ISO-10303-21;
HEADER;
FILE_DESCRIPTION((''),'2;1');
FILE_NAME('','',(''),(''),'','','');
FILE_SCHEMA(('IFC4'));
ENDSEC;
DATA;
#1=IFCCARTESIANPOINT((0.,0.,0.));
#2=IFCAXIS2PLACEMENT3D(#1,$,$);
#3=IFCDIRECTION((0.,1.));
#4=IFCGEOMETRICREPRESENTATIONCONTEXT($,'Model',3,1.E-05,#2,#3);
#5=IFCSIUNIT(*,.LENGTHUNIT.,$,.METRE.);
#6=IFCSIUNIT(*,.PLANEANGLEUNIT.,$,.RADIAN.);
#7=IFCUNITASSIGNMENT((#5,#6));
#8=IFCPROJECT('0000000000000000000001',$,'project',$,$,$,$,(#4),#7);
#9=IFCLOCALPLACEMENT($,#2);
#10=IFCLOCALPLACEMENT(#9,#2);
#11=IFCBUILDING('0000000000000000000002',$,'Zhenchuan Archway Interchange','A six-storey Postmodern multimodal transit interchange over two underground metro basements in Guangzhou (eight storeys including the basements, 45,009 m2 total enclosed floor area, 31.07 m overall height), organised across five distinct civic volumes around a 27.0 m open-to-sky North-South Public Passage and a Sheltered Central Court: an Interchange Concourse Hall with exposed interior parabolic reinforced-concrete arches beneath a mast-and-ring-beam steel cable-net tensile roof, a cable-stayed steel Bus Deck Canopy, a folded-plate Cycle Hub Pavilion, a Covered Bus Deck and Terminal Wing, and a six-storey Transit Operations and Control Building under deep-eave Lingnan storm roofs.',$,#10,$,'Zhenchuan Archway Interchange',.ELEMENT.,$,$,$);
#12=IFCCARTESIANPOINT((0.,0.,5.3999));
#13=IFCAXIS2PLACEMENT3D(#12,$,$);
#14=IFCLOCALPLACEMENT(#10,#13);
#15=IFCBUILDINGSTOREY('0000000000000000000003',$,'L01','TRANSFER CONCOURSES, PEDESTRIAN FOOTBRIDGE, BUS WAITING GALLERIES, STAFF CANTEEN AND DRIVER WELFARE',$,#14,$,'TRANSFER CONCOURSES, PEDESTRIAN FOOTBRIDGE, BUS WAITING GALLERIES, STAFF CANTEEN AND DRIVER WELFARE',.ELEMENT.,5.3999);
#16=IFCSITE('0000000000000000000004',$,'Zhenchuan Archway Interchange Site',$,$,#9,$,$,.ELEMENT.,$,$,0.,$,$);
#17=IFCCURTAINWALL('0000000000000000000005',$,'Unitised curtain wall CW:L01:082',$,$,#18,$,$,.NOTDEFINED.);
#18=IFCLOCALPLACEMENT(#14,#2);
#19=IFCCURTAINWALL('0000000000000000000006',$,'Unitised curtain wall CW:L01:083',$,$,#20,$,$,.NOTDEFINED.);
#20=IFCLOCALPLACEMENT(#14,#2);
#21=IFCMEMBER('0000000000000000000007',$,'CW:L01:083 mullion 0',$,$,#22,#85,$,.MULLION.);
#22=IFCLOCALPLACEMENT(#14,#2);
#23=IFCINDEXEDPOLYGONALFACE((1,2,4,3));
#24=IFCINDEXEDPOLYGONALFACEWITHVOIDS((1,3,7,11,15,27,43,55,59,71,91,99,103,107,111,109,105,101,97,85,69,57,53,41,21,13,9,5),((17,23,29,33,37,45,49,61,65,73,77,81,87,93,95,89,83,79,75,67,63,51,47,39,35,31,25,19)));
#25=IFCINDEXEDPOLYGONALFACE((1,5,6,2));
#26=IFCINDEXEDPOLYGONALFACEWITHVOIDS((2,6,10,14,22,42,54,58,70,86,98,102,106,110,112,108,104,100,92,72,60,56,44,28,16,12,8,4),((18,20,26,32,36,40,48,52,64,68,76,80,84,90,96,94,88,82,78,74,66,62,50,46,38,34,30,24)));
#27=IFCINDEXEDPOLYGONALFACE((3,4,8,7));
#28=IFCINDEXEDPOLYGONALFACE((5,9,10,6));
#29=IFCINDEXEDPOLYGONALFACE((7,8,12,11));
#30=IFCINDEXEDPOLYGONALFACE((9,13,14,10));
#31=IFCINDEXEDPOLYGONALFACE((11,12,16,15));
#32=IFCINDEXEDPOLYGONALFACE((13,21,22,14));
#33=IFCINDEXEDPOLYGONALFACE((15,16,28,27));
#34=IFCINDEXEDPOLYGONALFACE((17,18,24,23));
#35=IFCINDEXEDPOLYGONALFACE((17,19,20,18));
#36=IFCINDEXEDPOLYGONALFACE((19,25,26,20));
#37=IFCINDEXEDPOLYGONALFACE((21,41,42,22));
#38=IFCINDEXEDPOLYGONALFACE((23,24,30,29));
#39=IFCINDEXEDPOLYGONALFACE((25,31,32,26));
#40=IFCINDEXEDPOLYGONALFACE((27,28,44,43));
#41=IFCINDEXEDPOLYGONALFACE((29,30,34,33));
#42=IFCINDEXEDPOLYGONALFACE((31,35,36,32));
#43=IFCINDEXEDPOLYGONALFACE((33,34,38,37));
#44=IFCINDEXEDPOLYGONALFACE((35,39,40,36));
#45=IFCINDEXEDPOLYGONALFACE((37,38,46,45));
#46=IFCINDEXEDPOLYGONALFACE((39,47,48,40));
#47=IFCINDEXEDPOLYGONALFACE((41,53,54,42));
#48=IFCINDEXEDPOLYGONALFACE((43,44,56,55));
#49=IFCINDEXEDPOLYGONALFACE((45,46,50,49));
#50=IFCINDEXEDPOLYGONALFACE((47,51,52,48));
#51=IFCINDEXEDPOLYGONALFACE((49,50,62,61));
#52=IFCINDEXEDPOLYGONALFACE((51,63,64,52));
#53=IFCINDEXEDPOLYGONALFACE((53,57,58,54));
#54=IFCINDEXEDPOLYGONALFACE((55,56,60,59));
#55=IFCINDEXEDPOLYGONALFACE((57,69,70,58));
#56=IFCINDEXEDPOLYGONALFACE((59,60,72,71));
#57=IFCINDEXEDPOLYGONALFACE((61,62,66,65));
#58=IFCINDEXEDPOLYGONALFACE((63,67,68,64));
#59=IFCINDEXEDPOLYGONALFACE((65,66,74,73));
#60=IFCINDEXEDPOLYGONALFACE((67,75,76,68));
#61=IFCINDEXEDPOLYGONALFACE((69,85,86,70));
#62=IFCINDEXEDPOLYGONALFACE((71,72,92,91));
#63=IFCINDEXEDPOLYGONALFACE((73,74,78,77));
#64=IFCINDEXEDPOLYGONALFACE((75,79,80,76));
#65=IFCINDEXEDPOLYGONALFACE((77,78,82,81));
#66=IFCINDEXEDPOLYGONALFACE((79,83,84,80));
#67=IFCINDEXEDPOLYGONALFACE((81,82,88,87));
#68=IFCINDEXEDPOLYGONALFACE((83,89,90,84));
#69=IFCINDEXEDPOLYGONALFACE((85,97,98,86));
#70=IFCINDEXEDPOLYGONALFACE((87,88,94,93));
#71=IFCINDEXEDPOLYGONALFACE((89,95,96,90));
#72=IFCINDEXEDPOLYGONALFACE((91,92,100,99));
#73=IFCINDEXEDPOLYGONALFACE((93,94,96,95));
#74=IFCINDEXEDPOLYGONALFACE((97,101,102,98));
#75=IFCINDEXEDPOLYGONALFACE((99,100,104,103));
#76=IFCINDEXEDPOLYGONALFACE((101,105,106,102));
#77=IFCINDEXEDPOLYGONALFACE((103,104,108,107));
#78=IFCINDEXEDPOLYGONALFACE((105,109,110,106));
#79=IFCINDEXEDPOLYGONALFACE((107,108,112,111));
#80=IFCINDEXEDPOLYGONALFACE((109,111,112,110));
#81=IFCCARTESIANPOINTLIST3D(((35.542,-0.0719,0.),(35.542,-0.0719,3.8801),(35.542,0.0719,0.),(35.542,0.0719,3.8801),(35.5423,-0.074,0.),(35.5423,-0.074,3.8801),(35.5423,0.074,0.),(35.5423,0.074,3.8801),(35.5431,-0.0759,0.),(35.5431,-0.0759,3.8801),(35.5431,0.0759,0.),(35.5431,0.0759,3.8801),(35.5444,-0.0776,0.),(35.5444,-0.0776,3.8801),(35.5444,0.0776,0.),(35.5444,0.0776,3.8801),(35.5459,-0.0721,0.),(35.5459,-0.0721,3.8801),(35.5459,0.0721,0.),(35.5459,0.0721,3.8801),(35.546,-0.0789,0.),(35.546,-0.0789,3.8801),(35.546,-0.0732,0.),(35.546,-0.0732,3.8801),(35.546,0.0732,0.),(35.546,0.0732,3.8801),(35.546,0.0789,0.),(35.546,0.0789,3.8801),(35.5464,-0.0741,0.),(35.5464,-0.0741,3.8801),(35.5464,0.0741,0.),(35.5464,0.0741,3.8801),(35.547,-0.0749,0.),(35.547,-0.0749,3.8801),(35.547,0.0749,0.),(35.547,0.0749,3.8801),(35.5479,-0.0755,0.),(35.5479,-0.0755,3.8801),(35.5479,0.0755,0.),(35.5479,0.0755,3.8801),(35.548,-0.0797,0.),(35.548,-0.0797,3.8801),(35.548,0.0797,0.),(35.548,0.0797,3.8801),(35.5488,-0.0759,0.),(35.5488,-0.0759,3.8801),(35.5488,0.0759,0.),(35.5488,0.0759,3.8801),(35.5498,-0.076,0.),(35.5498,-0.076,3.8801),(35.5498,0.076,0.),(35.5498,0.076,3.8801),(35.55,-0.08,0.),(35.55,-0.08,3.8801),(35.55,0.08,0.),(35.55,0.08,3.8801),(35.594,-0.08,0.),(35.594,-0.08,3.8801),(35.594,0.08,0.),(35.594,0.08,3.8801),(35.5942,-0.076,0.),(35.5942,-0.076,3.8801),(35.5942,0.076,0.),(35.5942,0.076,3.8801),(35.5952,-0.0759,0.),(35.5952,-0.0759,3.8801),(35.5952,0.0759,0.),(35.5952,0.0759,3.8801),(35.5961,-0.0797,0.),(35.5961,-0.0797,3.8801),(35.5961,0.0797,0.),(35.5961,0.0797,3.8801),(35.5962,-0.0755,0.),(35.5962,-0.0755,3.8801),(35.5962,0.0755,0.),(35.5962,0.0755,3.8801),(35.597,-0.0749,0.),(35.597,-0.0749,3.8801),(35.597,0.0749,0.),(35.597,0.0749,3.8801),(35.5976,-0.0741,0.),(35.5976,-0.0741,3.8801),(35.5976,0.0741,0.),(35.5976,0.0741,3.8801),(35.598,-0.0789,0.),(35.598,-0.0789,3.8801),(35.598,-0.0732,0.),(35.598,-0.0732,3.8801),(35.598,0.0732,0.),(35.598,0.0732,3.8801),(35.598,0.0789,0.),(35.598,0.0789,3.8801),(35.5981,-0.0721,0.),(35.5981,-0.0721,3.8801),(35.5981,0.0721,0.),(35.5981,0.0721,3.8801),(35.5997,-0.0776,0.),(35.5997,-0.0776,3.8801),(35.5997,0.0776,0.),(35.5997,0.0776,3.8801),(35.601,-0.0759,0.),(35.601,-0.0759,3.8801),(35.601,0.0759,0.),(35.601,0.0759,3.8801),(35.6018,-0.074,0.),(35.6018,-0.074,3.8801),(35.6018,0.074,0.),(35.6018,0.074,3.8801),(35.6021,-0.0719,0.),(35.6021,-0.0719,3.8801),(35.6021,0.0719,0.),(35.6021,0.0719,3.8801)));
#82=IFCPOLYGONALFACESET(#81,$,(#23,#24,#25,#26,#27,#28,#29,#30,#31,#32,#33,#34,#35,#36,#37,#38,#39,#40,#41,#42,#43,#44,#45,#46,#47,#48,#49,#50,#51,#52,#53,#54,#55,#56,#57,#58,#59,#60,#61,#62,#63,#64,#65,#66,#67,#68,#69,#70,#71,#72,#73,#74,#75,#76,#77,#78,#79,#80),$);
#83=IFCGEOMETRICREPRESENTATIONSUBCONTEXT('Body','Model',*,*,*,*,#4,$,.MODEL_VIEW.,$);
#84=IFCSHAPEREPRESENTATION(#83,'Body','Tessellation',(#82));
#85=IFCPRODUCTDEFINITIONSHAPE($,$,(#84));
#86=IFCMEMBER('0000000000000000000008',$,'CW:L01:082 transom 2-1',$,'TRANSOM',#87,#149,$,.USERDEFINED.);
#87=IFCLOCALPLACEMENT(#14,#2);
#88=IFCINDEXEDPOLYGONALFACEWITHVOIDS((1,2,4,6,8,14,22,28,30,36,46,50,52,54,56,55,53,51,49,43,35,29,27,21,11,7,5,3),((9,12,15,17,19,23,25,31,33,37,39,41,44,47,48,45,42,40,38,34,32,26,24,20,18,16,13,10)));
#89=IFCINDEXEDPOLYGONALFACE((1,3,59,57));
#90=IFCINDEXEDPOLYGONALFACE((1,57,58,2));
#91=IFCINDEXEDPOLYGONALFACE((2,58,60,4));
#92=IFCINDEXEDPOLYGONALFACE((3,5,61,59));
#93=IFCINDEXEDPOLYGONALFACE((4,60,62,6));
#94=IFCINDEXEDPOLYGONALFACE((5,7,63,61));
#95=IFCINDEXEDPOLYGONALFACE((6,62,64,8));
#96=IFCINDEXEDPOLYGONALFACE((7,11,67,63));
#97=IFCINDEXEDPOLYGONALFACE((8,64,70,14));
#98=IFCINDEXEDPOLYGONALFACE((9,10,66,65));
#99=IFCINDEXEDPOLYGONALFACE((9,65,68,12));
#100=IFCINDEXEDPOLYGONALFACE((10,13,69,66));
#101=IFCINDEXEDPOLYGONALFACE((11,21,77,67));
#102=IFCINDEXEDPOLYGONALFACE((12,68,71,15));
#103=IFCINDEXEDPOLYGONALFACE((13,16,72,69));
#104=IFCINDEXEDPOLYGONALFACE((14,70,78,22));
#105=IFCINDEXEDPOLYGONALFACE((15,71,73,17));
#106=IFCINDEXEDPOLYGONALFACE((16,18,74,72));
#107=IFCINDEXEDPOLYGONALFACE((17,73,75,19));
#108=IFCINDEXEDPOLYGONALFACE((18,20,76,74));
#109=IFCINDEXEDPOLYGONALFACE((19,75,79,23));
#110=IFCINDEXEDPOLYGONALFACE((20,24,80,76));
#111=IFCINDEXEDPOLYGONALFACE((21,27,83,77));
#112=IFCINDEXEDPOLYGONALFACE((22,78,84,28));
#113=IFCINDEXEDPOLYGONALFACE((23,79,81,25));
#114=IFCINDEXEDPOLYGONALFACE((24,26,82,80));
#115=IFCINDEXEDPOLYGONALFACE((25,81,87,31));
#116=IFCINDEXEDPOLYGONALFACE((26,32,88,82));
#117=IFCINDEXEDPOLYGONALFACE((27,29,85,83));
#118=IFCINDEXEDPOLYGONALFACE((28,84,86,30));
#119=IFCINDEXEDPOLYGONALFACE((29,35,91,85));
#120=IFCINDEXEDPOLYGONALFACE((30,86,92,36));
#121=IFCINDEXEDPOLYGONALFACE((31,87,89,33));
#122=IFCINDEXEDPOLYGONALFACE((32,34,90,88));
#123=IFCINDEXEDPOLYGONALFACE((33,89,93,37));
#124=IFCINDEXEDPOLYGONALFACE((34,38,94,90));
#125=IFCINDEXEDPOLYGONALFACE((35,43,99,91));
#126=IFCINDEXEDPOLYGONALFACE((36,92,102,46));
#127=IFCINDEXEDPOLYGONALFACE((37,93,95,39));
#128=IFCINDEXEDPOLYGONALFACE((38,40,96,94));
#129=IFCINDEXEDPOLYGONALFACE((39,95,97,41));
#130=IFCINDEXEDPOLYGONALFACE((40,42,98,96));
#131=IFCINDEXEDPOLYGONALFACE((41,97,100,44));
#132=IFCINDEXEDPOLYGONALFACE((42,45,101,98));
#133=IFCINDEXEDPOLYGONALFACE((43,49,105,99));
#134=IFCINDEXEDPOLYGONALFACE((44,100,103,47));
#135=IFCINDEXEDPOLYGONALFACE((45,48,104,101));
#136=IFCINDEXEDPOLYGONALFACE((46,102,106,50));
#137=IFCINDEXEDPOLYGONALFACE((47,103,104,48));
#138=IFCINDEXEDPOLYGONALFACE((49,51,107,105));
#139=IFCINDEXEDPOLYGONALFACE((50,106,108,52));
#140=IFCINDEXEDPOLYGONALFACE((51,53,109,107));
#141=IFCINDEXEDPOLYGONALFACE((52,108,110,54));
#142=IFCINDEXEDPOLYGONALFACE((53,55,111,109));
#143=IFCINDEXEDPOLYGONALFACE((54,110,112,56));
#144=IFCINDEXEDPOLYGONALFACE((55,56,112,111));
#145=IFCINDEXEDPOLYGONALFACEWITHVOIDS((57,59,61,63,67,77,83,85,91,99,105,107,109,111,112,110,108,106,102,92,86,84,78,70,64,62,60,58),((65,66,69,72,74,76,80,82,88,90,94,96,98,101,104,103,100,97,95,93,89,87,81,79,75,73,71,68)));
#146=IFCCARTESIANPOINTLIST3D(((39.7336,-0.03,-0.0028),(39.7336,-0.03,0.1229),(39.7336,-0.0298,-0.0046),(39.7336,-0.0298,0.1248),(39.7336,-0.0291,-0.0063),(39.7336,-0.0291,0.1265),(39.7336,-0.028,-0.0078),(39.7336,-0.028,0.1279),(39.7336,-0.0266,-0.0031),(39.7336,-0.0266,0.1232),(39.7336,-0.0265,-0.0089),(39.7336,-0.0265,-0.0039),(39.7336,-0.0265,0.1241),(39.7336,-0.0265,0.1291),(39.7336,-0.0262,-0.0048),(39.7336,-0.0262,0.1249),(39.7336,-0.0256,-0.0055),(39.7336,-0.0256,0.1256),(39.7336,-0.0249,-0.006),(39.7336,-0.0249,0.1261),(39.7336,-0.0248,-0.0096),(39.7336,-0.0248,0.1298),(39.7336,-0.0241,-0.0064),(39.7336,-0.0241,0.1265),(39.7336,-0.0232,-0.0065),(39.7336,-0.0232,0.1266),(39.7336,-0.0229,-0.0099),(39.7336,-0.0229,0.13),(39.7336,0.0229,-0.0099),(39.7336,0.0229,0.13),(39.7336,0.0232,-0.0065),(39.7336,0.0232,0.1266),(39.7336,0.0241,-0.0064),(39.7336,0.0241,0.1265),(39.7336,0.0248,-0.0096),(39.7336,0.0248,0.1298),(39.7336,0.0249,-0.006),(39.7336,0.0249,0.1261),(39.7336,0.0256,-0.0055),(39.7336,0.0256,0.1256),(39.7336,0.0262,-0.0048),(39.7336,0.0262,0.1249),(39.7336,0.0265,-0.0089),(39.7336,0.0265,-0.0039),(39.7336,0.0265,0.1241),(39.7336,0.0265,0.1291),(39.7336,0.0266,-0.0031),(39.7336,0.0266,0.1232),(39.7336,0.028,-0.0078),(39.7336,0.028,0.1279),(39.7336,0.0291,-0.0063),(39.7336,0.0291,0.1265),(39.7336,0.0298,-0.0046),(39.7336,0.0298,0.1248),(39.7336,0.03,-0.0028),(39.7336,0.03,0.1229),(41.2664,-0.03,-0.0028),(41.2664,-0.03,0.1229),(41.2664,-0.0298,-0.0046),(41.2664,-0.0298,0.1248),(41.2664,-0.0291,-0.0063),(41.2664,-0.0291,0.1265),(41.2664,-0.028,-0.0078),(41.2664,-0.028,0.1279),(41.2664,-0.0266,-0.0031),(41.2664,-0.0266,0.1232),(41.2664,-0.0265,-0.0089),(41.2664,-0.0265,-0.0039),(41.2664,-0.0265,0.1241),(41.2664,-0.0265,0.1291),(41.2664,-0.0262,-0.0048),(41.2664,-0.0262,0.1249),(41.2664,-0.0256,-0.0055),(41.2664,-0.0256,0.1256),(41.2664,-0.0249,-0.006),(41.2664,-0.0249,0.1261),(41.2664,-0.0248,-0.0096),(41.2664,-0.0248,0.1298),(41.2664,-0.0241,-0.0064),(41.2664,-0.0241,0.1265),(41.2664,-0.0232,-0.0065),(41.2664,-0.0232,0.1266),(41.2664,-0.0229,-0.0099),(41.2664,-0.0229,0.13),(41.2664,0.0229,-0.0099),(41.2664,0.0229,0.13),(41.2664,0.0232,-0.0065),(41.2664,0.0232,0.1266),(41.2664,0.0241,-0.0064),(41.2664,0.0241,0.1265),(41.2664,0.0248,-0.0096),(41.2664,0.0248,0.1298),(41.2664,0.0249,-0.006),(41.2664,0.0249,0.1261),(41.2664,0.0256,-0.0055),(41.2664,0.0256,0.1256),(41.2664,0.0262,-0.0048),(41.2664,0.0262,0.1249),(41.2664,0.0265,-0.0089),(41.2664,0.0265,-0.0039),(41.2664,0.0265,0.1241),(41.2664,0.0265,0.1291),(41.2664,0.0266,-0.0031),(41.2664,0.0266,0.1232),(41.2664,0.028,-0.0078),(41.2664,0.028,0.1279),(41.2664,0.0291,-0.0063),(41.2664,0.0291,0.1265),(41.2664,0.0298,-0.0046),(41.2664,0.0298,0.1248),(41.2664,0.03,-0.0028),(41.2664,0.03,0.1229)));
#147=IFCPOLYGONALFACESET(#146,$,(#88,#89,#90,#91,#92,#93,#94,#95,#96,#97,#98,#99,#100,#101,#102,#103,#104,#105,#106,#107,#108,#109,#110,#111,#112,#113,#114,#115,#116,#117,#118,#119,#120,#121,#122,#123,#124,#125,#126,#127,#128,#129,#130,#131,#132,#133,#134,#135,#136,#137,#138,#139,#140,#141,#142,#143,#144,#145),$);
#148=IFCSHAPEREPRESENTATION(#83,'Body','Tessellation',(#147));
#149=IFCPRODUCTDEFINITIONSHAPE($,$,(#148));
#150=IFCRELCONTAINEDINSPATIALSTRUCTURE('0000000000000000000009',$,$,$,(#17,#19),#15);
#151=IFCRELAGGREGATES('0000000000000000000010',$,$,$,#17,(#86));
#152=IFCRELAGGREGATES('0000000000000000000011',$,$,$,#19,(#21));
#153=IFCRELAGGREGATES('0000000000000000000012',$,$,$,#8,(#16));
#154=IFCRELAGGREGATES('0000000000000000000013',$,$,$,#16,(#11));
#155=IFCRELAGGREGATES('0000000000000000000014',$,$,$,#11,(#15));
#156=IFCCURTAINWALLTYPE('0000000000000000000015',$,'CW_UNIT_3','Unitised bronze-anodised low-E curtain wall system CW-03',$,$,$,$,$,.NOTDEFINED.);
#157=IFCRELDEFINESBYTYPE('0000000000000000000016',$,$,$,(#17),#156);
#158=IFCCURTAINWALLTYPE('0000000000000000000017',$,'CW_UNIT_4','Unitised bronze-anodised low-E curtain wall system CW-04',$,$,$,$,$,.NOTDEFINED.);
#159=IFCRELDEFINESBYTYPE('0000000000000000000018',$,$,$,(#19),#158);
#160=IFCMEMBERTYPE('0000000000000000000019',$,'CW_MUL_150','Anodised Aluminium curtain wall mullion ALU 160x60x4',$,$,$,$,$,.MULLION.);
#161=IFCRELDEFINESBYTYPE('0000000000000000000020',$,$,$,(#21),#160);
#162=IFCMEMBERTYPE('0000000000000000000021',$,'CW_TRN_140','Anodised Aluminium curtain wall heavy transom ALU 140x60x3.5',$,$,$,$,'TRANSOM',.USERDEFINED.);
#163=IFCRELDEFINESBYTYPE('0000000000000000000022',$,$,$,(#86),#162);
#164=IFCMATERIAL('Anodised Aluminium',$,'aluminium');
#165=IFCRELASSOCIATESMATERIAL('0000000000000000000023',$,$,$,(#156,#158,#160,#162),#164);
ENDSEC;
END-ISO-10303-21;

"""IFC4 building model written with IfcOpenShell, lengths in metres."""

from ifc_helpers import new_model, si_unit, direction, frame, origin, origin_2d, place, context, subcontext, project, spatial, hollow_rectangle, extrude, material, material_profile, profile_set, type_object, element, aggregate, save


model = new_model("IFC4")

# Units and contexts
model_context = context("Model", 3, precision=1e-05, world=origin(), true_north=direction((0.0, 1.0)))
body_context = subcontext(model_context, "Body", "Model", "MODEL_VIEW")
ifc_project = project(units=[si_unit("LENGTHUNIT", "METRE"), si_unit("PLANEANGLEUNIT", "RADIAN")], contexts=[model_context])

# Site, building, storey
site_placement = place(None, origin())
site = spatial("IfcSite", under=ifc_project, at=site_placement, Name="Zhenchuan Archway Interchange Site", CompositionType="ELEMENT", RefElevation=0.0)
building_placement = place(site_placement, origin())
building = spatial("IfcBuilding", under=site, at=building_placement, Name="Zhenchuan Archway Interchange", Description="A six-storey Postmodern multimodal transit interchange over two underground metro basements in Guangzhou (eight storeys including the basements, 45,009 m2 total enclosed floor area, 31.07 m overall height), organised across five distinct civic volumes around a 27.0 m open-to-sky North-South Public Passage and a Sheltered Central Court: an Interchange Concourse Hall with exposed interior parabolic reinforced-concrete arches beneath a mast-and-ring-beam steel cable-net tensile roof, a cable-stayed steel Bus Deck Canopy, a folded-plate Cycle Hub Pavilion, a Covered Bus Deck and Terminal Wing, and a six-storey Transit Operations and Control Building under deep-eave Lingnan storm roofs.", LongName="Zhenchuan Archway Interchange", CompositionType="ELEMENT")
storey_placement = place(building_placement, frame((0.0, 0.0, 5.3999)))
storey = spatial("IfcBuildingStorey", under=building, at=storey_placement, Name="L01", Description="TRANSFER CONCOURSES, PEDESTRIAN FOOTBRIDGE, BUS WAITING GALLERIES, STAFF CANTEEN AND DRIVER WELFARE", LongName="TRANSFER CONCOURSES, PEDESTRIAN FOOTBRIDGE, BUS WAITING GALLERIES, STAFF CANTEEN AND DRIVER WELFARE", CompositionType="ELEMENT", Elevation=5.3999)

# Curtain wall
ifc_material_1 = material(Name="Anodised Aluminium", Category="aluminium")
curtain_wall_type_1 = type_object("IfcCurtainWallType", Name="CW_UNIT_3", Description="Unitised bronze-anodised low-E curtain wall system CW-03", PredefinedType="NOTDEFINED", material=ifc_material_1)
curtain_wall_1_placement = place(storey_placement, origin())
curtain_wall_1 = element("IfcCurtainWall", 1, at=curtain_wall_1_placement, inside=storey, type_object=curtain_wall_type_1, Name="Unitised curtain wall CW:L01:082", PredefinedType="NOTDEFINED")
ifc_material_profile_1 = material_profile(ifc_material_1, hollow_rectangle(XDim=0.0601, YDim=0.1599, WallThickness=0.0039, InnerFilletRadius=0.0039, OuterFilletRadius=0.0081, at=origin_2d()), Name="ALU 160x60x4")
ifc_profile_set_1 = profile_set([ifc_material_profile_1], Name="Anodised Aluminium")
member_type_1 = type_object("IfcMemberType", Name="CW_MUL_150", Description="Anodised Aluminium curtain wall mullion ALU 160x60x4", PredefinedType="MULLION", material=ifc_profile_set_1)

# Curtain wall, member
curtain_wall_type_2 = type_object("IfcCurtainWallType", Name="CW_UNIT_4", Description="Unitised bronze-anodised low-E curtain wall system CW-04", PredefinedType="NOTDEFINED", material=ifc_material_1)
curtain_wall_2_placement = place(storey_placement, origin())
curtain_wall_2 = element("IfcCurtainWall", 2, at=curtain_wall_2_placement, inside=storey, type_object=curtain_wall_type_2, Name="Unitised curtain wall CW:L01:083", PredefinedType="NOTDEFINED")
member_1_placement = place(storey_placement, frame((35.572, 0.0, 0.0), z_axis=(0.0, 0.0, 1.0), x_axis=(1.0, 0.0, 0.0)))
member_1 = element("IfcMember", 3, at=member_1_placement, type_object=member_type_1, Name="CW:L01:083 mullion 0", PredefinedType="MULLION", context=body_context, shape_type="SweptSolid", body=[
    extrude(hollow_rectangle(XDim=0.0601, YDim=0.1599, WallThickness=0.0039, InnerFilletRadius=0.0039, OuterFilletRadius=0.0081, at=origin_2d()), origin(), (0.0, 0.0, 1.0), 3.8801),
])

# Member
ifc_material_profile_2 = material_profile(ifc_material_1, hollow_rectangle(XDim=0.0601, YDim=0.1399, WallThickness=0.0034, InnerFilletRadius=0.0034, OuterFilletRadius=0.0071, at=origin_2d()), Name="ALU 140x60x3.5")
ifc_profile_set_2 = profile_set([ifc_material_profile_2], Name="Anodised Aluminium")
member_type_2 = type_object("IfcMemberType", Name="CW_TRN_140", Description="Anodised Aluminium curtain wall heavy transom ALU 140x60x3.5", ElementType="TRANSOM", PredefinedType="USERDEFINED", material=ifc_profile_set_2)
member_2_placement = place(storey_placement, frame((41.2664, 0.0, 0.0601), z_axis=(-1.0, 0.0, 0.0), x_axis=(0.0, -1.0, 0.0)))
member_2 = element("IfcMember", 4, at=member_2_placement, type_object=member_type_2, Name="CW:L01:082 transom 2-1", ObjectType="TRANSOM", PredefinedType="USERDEFINED", context=body_context, shape_type="SweptSolid", body=[
    extrude(hollow_rectangle(XDim=0.0601, YDim=0.1399, WallThickness=0.0034, InnerFilletRadius=0.0034, OuterFilletRadius=0.0071, at=origin_2d()), origin(), (0.0, 0.0, 1.0), 1.5327),
])

aggregate(curtain_wall_1, [member_2])
aggregate(curtain_wall_2, [member_1])

save(model, "model.ifc")
